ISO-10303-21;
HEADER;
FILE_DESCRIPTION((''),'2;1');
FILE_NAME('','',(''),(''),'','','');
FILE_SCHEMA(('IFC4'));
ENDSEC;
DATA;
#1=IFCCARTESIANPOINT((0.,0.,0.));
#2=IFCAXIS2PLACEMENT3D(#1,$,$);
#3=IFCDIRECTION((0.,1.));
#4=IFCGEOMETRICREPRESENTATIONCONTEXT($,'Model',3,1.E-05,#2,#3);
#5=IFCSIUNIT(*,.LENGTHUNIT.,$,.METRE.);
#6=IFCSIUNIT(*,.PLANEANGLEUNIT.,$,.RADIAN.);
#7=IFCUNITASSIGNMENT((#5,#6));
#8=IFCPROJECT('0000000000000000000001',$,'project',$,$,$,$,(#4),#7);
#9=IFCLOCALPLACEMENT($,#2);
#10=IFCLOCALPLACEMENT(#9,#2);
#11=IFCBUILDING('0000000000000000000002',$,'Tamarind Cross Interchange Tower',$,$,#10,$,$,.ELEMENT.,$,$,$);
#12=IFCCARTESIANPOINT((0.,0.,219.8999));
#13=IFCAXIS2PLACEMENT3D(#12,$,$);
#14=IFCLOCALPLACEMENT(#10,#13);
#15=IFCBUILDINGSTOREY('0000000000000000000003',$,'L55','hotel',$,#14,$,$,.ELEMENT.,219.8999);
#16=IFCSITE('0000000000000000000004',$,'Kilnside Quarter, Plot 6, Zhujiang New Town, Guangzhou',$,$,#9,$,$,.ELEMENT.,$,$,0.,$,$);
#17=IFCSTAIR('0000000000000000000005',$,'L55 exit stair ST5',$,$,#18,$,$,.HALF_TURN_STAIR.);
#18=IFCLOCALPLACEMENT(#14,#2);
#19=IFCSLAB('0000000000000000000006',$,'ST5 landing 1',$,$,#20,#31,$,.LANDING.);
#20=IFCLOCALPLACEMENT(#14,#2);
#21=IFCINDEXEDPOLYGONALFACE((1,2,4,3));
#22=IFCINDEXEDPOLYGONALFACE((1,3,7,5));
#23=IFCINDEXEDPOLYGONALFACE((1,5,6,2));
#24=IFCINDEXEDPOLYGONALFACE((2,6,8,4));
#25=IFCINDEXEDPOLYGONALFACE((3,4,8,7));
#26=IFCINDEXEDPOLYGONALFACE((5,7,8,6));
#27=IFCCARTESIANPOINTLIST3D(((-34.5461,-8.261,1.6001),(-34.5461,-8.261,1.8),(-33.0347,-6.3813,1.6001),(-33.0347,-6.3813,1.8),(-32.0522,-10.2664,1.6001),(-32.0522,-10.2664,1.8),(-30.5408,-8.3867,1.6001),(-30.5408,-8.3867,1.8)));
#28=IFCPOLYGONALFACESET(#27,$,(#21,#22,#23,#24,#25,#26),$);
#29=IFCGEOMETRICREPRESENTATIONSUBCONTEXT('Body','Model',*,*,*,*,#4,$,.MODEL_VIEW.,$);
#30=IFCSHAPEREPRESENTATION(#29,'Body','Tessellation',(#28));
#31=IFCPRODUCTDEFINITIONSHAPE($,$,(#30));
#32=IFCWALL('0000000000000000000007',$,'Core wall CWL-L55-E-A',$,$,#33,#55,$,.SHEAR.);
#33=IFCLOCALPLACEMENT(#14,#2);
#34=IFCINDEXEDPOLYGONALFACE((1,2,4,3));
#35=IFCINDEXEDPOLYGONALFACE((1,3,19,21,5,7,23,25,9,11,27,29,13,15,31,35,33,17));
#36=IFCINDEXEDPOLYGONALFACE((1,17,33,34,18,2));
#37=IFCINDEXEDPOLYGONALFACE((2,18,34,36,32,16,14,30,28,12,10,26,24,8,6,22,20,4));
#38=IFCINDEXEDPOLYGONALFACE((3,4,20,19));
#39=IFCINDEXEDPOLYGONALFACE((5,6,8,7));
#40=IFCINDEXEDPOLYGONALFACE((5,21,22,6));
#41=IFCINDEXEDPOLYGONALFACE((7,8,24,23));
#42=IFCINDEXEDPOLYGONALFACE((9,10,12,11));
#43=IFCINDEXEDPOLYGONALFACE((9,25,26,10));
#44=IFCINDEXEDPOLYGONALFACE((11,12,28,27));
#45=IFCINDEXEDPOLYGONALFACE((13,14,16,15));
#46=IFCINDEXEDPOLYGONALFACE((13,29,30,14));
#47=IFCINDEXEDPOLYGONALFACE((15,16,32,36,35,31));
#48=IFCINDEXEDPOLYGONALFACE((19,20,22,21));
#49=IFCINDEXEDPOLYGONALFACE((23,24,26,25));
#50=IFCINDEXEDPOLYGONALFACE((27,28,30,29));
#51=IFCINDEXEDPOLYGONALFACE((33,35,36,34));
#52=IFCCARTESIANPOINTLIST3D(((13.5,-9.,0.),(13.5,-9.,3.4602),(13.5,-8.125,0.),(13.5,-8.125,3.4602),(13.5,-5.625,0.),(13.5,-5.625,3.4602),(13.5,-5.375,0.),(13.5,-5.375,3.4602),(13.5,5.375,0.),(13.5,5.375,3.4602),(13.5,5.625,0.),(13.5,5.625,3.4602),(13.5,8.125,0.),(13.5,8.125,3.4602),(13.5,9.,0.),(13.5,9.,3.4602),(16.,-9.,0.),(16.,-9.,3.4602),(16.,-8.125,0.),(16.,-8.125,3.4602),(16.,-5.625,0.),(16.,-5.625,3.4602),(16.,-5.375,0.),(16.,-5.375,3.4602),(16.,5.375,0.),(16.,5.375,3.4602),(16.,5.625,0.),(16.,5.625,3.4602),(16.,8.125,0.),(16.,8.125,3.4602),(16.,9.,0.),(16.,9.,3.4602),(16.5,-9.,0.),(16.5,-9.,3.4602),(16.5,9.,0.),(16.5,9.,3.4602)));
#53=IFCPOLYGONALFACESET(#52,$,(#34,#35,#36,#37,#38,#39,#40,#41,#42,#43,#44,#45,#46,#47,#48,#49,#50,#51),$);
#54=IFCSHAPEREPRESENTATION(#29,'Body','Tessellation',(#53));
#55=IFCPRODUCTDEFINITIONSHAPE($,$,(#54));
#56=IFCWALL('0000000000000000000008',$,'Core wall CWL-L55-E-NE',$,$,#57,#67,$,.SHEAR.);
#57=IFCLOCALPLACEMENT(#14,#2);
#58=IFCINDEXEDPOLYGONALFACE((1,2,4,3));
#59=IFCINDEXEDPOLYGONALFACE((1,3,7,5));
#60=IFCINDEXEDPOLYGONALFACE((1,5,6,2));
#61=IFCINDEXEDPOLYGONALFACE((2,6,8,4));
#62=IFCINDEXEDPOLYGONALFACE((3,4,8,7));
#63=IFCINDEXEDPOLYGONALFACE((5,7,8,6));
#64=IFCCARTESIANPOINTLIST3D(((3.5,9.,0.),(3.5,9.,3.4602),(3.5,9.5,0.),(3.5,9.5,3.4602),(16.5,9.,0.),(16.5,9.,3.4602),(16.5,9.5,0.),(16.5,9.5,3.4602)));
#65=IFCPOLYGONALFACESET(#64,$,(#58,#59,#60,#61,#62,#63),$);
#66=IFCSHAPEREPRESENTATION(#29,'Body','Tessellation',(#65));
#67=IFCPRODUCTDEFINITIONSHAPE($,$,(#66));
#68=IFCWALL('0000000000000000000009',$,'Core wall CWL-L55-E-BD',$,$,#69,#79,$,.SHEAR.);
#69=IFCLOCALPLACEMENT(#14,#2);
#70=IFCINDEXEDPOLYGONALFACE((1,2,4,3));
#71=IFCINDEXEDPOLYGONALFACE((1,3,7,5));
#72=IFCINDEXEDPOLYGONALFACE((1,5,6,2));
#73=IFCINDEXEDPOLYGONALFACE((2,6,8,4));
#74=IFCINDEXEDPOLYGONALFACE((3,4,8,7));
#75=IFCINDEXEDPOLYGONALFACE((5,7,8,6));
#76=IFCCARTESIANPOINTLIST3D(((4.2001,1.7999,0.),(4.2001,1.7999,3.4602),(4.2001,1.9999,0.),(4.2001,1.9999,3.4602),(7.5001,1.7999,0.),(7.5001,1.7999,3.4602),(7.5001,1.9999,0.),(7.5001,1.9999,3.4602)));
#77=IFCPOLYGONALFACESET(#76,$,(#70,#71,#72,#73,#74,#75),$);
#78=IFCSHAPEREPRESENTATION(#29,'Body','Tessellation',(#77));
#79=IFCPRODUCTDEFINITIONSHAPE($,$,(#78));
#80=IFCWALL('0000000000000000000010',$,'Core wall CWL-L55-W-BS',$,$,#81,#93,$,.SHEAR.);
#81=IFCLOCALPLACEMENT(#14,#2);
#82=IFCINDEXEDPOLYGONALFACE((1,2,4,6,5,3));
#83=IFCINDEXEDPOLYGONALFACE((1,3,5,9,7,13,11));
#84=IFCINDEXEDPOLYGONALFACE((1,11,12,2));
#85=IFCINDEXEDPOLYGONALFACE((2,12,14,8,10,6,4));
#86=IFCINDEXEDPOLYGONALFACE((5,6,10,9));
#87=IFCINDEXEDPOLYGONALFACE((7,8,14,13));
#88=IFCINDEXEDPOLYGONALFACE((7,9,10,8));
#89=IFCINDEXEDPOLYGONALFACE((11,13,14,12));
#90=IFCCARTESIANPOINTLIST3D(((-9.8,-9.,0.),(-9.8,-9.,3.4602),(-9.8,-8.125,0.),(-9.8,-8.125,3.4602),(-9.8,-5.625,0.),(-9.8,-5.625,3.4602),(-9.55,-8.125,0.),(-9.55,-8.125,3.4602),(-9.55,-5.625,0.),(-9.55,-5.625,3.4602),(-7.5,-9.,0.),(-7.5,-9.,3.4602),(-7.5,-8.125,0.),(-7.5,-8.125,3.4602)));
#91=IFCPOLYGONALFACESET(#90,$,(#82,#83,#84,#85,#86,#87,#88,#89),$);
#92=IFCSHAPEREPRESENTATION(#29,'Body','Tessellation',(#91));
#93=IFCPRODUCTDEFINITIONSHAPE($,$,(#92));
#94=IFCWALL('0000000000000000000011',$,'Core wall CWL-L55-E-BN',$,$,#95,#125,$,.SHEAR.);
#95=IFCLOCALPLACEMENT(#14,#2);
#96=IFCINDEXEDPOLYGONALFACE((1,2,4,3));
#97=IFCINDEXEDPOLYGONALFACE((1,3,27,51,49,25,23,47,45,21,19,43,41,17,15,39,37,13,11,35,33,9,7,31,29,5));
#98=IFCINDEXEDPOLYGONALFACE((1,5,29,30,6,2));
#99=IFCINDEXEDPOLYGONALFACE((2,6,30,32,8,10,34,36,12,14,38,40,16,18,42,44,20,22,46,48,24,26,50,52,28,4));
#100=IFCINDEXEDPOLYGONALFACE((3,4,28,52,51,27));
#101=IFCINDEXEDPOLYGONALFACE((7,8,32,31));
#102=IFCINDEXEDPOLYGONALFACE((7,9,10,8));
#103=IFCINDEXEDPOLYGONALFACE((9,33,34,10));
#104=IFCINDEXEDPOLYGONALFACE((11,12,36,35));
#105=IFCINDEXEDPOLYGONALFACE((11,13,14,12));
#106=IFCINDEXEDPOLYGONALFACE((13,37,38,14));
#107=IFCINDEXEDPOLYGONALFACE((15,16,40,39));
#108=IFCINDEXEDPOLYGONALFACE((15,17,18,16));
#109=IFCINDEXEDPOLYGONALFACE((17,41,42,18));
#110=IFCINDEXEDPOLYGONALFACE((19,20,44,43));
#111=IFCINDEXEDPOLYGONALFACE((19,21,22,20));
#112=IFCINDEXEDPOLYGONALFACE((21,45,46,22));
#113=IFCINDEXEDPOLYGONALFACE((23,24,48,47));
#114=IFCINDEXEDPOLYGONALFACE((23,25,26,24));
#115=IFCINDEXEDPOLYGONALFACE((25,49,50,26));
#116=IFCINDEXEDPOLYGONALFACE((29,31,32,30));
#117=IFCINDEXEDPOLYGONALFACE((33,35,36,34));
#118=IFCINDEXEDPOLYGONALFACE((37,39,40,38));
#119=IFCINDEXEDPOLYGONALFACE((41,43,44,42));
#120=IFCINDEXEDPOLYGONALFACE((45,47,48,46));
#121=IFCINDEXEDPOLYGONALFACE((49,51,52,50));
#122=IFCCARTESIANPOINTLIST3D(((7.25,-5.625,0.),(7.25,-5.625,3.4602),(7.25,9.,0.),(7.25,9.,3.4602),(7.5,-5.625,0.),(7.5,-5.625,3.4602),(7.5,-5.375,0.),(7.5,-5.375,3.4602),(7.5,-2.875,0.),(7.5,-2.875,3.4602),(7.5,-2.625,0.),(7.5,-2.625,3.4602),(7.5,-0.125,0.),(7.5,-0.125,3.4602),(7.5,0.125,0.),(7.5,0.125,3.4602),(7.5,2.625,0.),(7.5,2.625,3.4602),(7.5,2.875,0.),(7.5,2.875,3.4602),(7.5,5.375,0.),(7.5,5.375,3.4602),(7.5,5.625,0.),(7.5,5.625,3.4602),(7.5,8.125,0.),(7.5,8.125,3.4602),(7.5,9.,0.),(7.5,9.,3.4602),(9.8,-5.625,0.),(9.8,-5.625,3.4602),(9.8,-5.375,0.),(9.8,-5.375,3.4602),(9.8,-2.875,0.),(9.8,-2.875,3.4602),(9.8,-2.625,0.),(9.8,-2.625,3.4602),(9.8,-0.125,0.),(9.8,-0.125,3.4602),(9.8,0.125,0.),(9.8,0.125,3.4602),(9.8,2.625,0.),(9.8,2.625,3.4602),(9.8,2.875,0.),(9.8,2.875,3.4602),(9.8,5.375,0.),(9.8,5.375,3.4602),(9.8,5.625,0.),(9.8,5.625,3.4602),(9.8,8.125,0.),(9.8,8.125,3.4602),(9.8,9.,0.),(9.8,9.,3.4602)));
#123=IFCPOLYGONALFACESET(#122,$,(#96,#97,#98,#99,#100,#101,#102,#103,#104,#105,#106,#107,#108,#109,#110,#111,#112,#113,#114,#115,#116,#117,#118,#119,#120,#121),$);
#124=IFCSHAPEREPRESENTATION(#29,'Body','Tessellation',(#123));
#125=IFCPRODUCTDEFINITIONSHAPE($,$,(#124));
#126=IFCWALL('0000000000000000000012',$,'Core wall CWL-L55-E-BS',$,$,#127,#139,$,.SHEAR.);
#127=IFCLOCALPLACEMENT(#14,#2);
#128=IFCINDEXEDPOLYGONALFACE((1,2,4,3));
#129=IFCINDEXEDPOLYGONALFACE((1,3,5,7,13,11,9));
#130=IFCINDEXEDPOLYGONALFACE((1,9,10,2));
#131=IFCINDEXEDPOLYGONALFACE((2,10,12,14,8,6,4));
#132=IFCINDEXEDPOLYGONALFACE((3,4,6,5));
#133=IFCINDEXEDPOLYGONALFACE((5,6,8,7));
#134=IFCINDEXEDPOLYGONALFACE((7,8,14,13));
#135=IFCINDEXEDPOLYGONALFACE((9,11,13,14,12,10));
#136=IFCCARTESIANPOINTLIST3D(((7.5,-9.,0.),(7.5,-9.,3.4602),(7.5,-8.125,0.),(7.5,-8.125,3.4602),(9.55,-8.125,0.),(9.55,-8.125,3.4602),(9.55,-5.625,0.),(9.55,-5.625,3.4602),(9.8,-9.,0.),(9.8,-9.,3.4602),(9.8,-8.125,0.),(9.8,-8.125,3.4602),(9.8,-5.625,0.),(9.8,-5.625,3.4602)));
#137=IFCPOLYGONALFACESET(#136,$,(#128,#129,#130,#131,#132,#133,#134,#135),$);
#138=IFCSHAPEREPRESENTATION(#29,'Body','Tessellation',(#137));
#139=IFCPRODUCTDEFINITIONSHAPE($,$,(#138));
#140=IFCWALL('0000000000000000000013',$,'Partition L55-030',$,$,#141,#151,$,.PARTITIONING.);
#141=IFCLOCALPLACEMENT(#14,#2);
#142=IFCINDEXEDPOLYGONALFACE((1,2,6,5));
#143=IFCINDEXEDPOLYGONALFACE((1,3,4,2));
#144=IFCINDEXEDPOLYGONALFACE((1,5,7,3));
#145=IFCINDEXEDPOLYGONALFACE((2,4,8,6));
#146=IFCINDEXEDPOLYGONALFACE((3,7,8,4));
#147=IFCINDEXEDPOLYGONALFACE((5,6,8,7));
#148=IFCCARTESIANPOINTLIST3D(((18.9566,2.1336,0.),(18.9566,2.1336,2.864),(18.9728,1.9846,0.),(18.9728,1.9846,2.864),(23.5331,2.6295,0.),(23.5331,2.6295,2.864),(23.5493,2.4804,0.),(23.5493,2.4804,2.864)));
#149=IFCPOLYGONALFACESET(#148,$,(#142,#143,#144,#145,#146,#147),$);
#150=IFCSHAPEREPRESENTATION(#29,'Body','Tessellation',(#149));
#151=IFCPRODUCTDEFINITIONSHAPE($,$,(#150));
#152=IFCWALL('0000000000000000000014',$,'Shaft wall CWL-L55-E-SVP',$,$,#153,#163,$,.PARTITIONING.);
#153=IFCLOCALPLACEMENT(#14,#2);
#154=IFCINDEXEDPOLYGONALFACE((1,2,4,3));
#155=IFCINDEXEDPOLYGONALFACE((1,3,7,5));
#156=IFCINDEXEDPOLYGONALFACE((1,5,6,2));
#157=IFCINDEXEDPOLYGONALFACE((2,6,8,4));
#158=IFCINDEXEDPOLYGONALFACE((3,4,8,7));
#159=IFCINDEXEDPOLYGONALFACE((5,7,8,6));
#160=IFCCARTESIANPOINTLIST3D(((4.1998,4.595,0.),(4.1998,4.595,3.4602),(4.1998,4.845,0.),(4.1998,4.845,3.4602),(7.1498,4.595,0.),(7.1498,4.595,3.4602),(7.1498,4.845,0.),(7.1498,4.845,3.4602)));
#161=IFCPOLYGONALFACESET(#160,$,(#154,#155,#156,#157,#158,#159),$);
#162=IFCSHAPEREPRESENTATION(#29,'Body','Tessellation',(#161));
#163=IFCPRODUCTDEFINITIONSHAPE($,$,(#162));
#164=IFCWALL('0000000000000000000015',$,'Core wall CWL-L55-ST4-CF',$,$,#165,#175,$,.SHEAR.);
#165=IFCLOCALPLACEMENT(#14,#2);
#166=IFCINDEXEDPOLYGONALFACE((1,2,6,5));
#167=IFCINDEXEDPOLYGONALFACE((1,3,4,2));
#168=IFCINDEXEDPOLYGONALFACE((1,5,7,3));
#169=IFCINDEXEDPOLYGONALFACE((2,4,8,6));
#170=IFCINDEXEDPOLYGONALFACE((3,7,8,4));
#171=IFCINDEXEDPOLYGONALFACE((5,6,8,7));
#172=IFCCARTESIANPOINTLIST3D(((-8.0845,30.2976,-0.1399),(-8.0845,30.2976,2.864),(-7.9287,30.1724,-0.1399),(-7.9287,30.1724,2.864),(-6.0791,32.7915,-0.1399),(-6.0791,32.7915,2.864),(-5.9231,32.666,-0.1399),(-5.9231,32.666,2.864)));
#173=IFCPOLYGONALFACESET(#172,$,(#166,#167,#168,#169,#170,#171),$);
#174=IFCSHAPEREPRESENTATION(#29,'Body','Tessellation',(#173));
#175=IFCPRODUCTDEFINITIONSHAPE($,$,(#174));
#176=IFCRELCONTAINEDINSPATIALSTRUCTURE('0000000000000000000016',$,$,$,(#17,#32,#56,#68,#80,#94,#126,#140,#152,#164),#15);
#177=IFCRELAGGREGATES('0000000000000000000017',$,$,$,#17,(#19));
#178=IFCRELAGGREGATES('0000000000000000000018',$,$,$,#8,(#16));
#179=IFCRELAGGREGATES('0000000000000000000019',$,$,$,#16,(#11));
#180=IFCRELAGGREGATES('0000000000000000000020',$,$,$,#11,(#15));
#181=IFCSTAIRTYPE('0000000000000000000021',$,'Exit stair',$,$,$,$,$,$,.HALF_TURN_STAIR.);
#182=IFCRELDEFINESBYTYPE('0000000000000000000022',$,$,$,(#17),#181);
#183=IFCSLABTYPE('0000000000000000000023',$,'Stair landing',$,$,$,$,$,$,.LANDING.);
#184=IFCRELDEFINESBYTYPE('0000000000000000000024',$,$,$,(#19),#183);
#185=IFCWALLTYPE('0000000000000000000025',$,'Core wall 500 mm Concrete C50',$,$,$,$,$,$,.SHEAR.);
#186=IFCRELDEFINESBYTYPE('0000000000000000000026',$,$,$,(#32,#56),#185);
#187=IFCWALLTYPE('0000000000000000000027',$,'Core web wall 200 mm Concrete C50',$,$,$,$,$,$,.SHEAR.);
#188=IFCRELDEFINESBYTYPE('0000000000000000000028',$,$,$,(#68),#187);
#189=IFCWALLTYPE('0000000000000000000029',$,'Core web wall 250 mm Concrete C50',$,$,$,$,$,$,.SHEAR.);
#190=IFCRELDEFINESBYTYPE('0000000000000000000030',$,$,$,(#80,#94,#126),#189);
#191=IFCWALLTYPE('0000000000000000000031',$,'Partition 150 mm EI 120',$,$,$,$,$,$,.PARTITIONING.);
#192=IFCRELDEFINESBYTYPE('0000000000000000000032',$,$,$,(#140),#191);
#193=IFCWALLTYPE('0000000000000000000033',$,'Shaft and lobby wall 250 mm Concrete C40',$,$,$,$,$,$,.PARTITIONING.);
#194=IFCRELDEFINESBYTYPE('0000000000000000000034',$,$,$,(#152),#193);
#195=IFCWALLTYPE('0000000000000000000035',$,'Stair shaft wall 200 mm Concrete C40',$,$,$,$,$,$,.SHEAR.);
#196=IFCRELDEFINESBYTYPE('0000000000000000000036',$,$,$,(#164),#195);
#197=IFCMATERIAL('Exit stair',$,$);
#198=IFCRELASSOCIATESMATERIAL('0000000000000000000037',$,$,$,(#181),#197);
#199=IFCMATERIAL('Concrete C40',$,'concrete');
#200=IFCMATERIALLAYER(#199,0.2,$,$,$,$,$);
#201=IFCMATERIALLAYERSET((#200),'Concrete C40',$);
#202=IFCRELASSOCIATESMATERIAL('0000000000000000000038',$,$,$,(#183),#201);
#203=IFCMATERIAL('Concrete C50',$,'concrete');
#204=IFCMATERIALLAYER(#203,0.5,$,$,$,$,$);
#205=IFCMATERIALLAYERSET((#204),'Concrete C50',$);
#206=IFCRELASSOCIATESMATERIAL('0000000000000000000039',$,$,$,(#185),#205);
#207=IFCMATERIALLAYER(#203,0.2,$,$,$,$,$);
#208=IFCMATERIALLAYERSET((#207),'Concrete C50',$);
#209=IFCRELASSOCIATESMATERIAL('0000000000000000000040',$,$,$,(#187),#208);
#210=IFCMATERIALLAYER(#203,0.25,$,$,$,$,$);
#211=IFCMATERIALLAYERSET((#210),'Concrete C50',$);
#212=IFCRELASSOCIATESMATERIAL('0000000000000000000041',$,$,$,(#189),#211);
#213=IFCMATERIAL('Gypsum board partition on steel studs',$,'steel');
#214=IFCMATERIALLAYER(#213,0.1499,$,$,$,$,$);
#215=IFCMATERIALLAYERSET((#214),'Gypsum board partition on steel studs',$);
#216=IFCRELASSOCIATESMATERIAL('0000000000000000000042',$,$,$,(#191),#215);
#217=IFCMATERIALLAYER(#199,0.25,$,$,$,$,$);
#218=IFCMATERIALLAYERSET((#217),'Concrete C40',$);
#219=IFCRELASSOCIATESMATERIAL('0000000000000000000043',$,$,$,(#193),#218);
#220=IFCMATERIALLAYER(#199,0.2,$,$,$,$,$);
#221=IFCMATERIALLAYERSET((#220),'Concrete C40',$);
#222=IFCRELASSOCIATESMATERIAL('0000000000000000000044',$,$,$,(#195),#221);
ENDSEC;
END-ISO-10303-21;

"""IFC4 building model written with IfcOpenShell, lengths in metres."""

from ifc_helpers import new_model, si_unit, direction, frame, frame_2d, origin, place, context, subcontext, project, spatial, polyline, rectangle, outline, extrude, material, layer, layer_set, type_object, element, aggregate, save


model = new_model("IFC4")

# Units and contexts
model_context = context("Model", 3, precision=1e-05, world=origin(), true_north=direction((0.0, 1.0)))
body_context = subcontext(model_context, "Body", "Model", "MODEL_VIEW")
ifc_project = project(units=[si_unit("LENGTHUNIT", "METRE"), si_unit("PLANEANGLEUNIT", "RADIAN")], contexts=[model_context])

# Site, building, storey
site_placement = place(None, origin())
site = spatial("IfcSite", under=ifc_project, at=site_placement, Name="Kilnside Quarter, Plot 6, Zhujiang New Town, Guangzhou", CompositionType="ELEMENT", RefElevation=0.0)
building_placement = place(site_placement, origin())
building = spatial("IfcBuilding", under=site, at=building_placement, Name="Tamarind Cross Interchange Tower", CompositionType="ELEMENT")
storey_placement = place(building_placement, frame((0.0, 0.0, 219.8999)))
storey = spatial("IfcBuildingStorey", under=building, at=storey_placement, Name="L55", Description="hotel", CompositionType="ELEMENT", Elevation=219.8999)

# Shared definitions
ifc_material_1 = material(Name="Concrete C50", Category="concrete")

# Shared definitions
ifc_material_2 = material(Name="Concrete C40", Category="concrete")

# Stair, slab
ifc_material_3 = material(Name="Exit stair")
stair_type = type_object("IfcStairType", Name="Exit stair", PredefinedType="HALF_TURN_STAIR", material=ifc_material_3)
ifc_layer_1 = layer(ifc_material_2, 0.2)
ifc_layer_set_1 = layer_set([ifc_layer_1], Name="Concrete C40")
slab_type_1 = type_object("IfcSlabType", Name="Stair landing", PredefinedType="LANDING", material=ifc_layer_set_1)
stair_1_placement = place(storey_placement, origin())
stair_1 = element("IfcStair", 1, at=stair_1_placement, inside=storey, type_object=stair_type, Name="L55 exit stair ST5", PredefinedType="HALF_TURN_STAIR")
slab_1_placement = place(storey_placement, frame((0.0, 0.0, 1.6001)))
slab_1 = element("IfcSlab", 2, at=slab_1_placement, type_object=slab_type_1, Name="ST5 landing 1", PredefinedType="LANDING", context=body_context, shape_type="SweptSolid", body=[
    extrude(outline(polyline([(-33.0347, -6.3813), (-34.5461, -8.261), (-32.0522, -10.2664), (-30.5408, -8.3867), (-33.0347, -6.3813)])), origin(), (0.0, 0.0, 1.0), 0.2),
])
aggregate(stair_1, [slab_1])

# Walls
ifc_layer_2 = layer(ifc_material_1, 0.5)
ifc_layer_set_2 = layer_set([ifc_layer_2], Name="Concrete C50")
wall_type_1 = type_object("IfcWallType", Name="Core wall 500 mm Concrete C50", PredefinedType="SHEAR", material=ifc_layer_set_2)
wall_1_placement = place(storey_placement, origin())
element("IfcWall", 3, at=wall_1_placement, inside=storey, type_object=wall_type_1, Name="Core wall CWL-L55-E-A", PredefinedType="SHEAR", context=body_context, shape_type="SweptSolid", body=[
    extrude(outline(polyline([(13.5, -8.125), (13.5, -9.0), (16.0, -9.0), (16.5, -9.0), (16.5, 9.0), (16.0, 9.0), (13.5, 9.0), (13.5, 8.125), (16.0, 8.125), (16.0, 5.625), (13.5, 5.625), (13.5, 5.375), (16.0, 5.375), (16.0, -5.375), (13.5, -5.375), (13.5, -5.625), (16.0, -5.625), (16.0, -8.125), (13.5, -8.125)])), origin(), (0.0, 0.0, 1.0), 3.4602),
])
wall_2_placement = place(storey_placement, frame((16.5, 9.25, 0.0), z_axis=(0.0, 0.0, 1.0), x_axis=(-1.0, 0.0, 0.0)))
element("IfcWall", 4, at=wall_2_placement, inside=storey, type_object=wall_type_1, Name="Core wall CWL-L55-E-NE", PredefinedType="SHEAR", context=body_context, shape_type="SweptSolid", body=[
    extrude(rectangle(XDim=13.0, YDim=0.5, at=frame_2d((6.5, 0.0))), origin(), (0.0, 0.0, 1.0), 3.4602),
])
ifc_layer_3 = layer(ifc_material_1, 0.2)
ifc_layer_set_3 = layer_set([ifc_layer_3], Name="Concrete C50")
wall_type_2 = type_object("IfcWallType", Name="Core web wall 200 mm Concrete C50", PredefinedType="SHEAR", material=ifc_layer_set_3)
wall_3_placement = place(storey_placement, frame((7.5, 1.8999, 0.0), z_axis=(0.0, 0.0, 1.0), x_axis=(-1.0, 0.0, 0.0)))
element("IfcWall", 5, at=wall_3_placement, inside=storey, type_object=wall_type_2, Name="Core wall CWL-L55-E-BD", PredefinedType="SHEAR", context=body_context, shape_type="SweptSolid", body=[
    extrude(rectangle(XDim=3.3, YDim=0.2, at=frame_2d((1.6499, 0.0))), origin(), (0.0, 0.0, 1.0), 3.4602),
])
ifc_layer_4 = layer(ifc_material_1, 0.25)
ifc_layer_set_4 = layer_set([ifc_layer_4], Name="Concrete C50")
wall_type_3 = type_object("IfcWallType", Name="Core web wall 250 mm Concrete C50", PredefinedType="SHEAR", material=ifc_layer_set_4)
wall_4_placement = place(storey_placement, origin())
element("IfcWall", 6, at=wall_4_placement, inside=storey, type_object=wall_type_3, Name="Core wall CWL-L55-W-BS", PredefinedType="SHEAR", context=body_context, shape_type="SweptSolid", body=[
    extrude(outline(polyline([(-7.5, -8.125), (-9.55, -8.125), (-9.55, -5.625), (-9.8, -5.625), (-9.8, -8.125), (-9.8, -9.0), (-7.5, -9.0), (-7.5, -8.125)])), origin(), (0.0, 0.0, 1.0), 3.4602),
])
wall_5_placement = place(storey_placement, origin())
element("IfcWall", 7, at=wall_5_placement, inside=storey, type_object=wall_type_3, Name="Core wall CWL-L55-E-BN", PredefinedType="SHEAR", context=body_context, shape_type="SweptSolid", body=[
    extrude(outline(polyline([(9.8, -5.375), (7.5, -5.375), (7.5, -2.875), (9.8, -2.875), (9.8, -2.625), (7.5, -2.625), (7.5, -0.125), (9.8, -0.125), (9.8, 0.125), (7.5, 0.125), (7.5, 2.625), (9.8, 2.625), (9.8, 2.875), (7.5, 2.875), (7.5, 5.375), (9.8, 5.375), (9.8, 5.625), (7.5, 5.625), (7.5, 8.125), (9.8, 8.125), (9.8, 9.0), (7.5, 9.0), (7.25, 9.0), (7.25, -5.625), (7.5, -5.625), (9.8, -5.625), (9.8, -5.375)])), origin(), (0.0, 0.0, 1.0), 3.4602),
])
wall_6_placement = place(storey_placement, origin())
element("IfcWall", 8, at=wall_6_placement, inside=storey, type_object=wall_type_3, Name="Core wall CWL-L55-E-BS", PredefinedType="SHEAR", context=body_context, shape_type="SweptSolid", body=[
    extrude(outline(polyline([(7.5, -8.125), (7.5, -9.0), (9.8, -9.0), (9.8, -8.125), (9.8, -5.625), (9.55, -5.625), (9.55, -8.125), (7.5, -8.125)])), origin(), (0.0, 0.0, 1.0), 3.4602),
])
ifc_material_4 = material(Name="Gypsum board partition on steel studs", Category="steel")
ifc_layer_5 = layer(ifc_material_4, 0.1499)
ifc_layer_set_5 = layer_set([ifc_layer_5], Name="Gypsum board partition on steel studs")
wall_type_4 = type_object("IfcWallType", Name="Partition 150 mm EI 120", PredefinedType="PARTITIONING", material=ifc_layer_set_5)
wall_7_placement = place(storey_placement, frame((18.9646, 2.0591, 0.0), z_axis=(0.0, 0.0, 1.0), x_axis=(0.994181, 0.107718, 0.0)))
element("IfcWall", 9, at=wall_7_placement, inside=storey, type_object=wall_type_4, Name="Partition L55-030", PredefinedType="PARTITIONING", context=body_context, shape_type="SweptSolid", body=[
    extrude(rectangle(XDim=4.6033, YDim=0.1499, at=frame_2d((2.3018, 0.0))), origin(), (0.0, 0.0, 1.0), 2.864),
])
ifc_layer_6 = layer(ifc_material_2, 0.25)
ifc_layer_set_6 = layer_set([ifc_layer_6], Name="Concrete C40")
wall_type_5 = type_object("IfcWallType", Name="Shaft and lobby wall 250 mm Concrete C40", PredefinedType="PARTITIONING", material=ifc_layer_set_6)
wall_8_placement = place(storey_placement, frame((7.1499, 4.72, 0.0), z_axis=(0.0, 0.0, 1.0), x_axis=(-1.0, 0.0, 0.0)))
element("IfcWall", 10, at=wall_8_placement, inside=storey, type_object=wall_type_5, Name="Shaft wall CWL-L55-E-SVP", PredefinedType="PARTITIONING", context=body_context, shape_type="SweptSolid", body=[
    extrude(rectangle(XDim=2.95, YDim=0.25, at=frame_2d((1.4751, 0.0))), origin(), (0.0, 0.0, 1.0), 3.4602),
])
ifc_layer_7 = layer(ifc_material_2, 0.2)
ifc_layer_set_7 = layer_set([ifc_layer_7], Name="Concrete C40")
wall_type_6 = type_object("IfcWallType", Name="Stair shaft wall 200 mm Concrete C40", PredefinedType="SHEAR", material=ifc_layer_set_7)
wall_9_placement = place(storey_placement, frame((0.0, 0.0, -0.1399)))
element("IfcWall", 11, at=wall_9_placement, inside=storey, type_object=wall_type_6, Name="Core wall CWL-L55-ST4-CF", PredefinedType="SHEAR", context=body_context, shape_type="SweptSolid", body=[
    extrude(outline(polyline([(-5.9231, 32.666), (-6.0791, 32.7915), (-8.0845, 30.2976), (-7.9287, 30.1724), (-5.9231, 32.666)])), origin(), (0.0, 0.0, 1.0), 3.0039),
])

save(model, "model.ifc")
